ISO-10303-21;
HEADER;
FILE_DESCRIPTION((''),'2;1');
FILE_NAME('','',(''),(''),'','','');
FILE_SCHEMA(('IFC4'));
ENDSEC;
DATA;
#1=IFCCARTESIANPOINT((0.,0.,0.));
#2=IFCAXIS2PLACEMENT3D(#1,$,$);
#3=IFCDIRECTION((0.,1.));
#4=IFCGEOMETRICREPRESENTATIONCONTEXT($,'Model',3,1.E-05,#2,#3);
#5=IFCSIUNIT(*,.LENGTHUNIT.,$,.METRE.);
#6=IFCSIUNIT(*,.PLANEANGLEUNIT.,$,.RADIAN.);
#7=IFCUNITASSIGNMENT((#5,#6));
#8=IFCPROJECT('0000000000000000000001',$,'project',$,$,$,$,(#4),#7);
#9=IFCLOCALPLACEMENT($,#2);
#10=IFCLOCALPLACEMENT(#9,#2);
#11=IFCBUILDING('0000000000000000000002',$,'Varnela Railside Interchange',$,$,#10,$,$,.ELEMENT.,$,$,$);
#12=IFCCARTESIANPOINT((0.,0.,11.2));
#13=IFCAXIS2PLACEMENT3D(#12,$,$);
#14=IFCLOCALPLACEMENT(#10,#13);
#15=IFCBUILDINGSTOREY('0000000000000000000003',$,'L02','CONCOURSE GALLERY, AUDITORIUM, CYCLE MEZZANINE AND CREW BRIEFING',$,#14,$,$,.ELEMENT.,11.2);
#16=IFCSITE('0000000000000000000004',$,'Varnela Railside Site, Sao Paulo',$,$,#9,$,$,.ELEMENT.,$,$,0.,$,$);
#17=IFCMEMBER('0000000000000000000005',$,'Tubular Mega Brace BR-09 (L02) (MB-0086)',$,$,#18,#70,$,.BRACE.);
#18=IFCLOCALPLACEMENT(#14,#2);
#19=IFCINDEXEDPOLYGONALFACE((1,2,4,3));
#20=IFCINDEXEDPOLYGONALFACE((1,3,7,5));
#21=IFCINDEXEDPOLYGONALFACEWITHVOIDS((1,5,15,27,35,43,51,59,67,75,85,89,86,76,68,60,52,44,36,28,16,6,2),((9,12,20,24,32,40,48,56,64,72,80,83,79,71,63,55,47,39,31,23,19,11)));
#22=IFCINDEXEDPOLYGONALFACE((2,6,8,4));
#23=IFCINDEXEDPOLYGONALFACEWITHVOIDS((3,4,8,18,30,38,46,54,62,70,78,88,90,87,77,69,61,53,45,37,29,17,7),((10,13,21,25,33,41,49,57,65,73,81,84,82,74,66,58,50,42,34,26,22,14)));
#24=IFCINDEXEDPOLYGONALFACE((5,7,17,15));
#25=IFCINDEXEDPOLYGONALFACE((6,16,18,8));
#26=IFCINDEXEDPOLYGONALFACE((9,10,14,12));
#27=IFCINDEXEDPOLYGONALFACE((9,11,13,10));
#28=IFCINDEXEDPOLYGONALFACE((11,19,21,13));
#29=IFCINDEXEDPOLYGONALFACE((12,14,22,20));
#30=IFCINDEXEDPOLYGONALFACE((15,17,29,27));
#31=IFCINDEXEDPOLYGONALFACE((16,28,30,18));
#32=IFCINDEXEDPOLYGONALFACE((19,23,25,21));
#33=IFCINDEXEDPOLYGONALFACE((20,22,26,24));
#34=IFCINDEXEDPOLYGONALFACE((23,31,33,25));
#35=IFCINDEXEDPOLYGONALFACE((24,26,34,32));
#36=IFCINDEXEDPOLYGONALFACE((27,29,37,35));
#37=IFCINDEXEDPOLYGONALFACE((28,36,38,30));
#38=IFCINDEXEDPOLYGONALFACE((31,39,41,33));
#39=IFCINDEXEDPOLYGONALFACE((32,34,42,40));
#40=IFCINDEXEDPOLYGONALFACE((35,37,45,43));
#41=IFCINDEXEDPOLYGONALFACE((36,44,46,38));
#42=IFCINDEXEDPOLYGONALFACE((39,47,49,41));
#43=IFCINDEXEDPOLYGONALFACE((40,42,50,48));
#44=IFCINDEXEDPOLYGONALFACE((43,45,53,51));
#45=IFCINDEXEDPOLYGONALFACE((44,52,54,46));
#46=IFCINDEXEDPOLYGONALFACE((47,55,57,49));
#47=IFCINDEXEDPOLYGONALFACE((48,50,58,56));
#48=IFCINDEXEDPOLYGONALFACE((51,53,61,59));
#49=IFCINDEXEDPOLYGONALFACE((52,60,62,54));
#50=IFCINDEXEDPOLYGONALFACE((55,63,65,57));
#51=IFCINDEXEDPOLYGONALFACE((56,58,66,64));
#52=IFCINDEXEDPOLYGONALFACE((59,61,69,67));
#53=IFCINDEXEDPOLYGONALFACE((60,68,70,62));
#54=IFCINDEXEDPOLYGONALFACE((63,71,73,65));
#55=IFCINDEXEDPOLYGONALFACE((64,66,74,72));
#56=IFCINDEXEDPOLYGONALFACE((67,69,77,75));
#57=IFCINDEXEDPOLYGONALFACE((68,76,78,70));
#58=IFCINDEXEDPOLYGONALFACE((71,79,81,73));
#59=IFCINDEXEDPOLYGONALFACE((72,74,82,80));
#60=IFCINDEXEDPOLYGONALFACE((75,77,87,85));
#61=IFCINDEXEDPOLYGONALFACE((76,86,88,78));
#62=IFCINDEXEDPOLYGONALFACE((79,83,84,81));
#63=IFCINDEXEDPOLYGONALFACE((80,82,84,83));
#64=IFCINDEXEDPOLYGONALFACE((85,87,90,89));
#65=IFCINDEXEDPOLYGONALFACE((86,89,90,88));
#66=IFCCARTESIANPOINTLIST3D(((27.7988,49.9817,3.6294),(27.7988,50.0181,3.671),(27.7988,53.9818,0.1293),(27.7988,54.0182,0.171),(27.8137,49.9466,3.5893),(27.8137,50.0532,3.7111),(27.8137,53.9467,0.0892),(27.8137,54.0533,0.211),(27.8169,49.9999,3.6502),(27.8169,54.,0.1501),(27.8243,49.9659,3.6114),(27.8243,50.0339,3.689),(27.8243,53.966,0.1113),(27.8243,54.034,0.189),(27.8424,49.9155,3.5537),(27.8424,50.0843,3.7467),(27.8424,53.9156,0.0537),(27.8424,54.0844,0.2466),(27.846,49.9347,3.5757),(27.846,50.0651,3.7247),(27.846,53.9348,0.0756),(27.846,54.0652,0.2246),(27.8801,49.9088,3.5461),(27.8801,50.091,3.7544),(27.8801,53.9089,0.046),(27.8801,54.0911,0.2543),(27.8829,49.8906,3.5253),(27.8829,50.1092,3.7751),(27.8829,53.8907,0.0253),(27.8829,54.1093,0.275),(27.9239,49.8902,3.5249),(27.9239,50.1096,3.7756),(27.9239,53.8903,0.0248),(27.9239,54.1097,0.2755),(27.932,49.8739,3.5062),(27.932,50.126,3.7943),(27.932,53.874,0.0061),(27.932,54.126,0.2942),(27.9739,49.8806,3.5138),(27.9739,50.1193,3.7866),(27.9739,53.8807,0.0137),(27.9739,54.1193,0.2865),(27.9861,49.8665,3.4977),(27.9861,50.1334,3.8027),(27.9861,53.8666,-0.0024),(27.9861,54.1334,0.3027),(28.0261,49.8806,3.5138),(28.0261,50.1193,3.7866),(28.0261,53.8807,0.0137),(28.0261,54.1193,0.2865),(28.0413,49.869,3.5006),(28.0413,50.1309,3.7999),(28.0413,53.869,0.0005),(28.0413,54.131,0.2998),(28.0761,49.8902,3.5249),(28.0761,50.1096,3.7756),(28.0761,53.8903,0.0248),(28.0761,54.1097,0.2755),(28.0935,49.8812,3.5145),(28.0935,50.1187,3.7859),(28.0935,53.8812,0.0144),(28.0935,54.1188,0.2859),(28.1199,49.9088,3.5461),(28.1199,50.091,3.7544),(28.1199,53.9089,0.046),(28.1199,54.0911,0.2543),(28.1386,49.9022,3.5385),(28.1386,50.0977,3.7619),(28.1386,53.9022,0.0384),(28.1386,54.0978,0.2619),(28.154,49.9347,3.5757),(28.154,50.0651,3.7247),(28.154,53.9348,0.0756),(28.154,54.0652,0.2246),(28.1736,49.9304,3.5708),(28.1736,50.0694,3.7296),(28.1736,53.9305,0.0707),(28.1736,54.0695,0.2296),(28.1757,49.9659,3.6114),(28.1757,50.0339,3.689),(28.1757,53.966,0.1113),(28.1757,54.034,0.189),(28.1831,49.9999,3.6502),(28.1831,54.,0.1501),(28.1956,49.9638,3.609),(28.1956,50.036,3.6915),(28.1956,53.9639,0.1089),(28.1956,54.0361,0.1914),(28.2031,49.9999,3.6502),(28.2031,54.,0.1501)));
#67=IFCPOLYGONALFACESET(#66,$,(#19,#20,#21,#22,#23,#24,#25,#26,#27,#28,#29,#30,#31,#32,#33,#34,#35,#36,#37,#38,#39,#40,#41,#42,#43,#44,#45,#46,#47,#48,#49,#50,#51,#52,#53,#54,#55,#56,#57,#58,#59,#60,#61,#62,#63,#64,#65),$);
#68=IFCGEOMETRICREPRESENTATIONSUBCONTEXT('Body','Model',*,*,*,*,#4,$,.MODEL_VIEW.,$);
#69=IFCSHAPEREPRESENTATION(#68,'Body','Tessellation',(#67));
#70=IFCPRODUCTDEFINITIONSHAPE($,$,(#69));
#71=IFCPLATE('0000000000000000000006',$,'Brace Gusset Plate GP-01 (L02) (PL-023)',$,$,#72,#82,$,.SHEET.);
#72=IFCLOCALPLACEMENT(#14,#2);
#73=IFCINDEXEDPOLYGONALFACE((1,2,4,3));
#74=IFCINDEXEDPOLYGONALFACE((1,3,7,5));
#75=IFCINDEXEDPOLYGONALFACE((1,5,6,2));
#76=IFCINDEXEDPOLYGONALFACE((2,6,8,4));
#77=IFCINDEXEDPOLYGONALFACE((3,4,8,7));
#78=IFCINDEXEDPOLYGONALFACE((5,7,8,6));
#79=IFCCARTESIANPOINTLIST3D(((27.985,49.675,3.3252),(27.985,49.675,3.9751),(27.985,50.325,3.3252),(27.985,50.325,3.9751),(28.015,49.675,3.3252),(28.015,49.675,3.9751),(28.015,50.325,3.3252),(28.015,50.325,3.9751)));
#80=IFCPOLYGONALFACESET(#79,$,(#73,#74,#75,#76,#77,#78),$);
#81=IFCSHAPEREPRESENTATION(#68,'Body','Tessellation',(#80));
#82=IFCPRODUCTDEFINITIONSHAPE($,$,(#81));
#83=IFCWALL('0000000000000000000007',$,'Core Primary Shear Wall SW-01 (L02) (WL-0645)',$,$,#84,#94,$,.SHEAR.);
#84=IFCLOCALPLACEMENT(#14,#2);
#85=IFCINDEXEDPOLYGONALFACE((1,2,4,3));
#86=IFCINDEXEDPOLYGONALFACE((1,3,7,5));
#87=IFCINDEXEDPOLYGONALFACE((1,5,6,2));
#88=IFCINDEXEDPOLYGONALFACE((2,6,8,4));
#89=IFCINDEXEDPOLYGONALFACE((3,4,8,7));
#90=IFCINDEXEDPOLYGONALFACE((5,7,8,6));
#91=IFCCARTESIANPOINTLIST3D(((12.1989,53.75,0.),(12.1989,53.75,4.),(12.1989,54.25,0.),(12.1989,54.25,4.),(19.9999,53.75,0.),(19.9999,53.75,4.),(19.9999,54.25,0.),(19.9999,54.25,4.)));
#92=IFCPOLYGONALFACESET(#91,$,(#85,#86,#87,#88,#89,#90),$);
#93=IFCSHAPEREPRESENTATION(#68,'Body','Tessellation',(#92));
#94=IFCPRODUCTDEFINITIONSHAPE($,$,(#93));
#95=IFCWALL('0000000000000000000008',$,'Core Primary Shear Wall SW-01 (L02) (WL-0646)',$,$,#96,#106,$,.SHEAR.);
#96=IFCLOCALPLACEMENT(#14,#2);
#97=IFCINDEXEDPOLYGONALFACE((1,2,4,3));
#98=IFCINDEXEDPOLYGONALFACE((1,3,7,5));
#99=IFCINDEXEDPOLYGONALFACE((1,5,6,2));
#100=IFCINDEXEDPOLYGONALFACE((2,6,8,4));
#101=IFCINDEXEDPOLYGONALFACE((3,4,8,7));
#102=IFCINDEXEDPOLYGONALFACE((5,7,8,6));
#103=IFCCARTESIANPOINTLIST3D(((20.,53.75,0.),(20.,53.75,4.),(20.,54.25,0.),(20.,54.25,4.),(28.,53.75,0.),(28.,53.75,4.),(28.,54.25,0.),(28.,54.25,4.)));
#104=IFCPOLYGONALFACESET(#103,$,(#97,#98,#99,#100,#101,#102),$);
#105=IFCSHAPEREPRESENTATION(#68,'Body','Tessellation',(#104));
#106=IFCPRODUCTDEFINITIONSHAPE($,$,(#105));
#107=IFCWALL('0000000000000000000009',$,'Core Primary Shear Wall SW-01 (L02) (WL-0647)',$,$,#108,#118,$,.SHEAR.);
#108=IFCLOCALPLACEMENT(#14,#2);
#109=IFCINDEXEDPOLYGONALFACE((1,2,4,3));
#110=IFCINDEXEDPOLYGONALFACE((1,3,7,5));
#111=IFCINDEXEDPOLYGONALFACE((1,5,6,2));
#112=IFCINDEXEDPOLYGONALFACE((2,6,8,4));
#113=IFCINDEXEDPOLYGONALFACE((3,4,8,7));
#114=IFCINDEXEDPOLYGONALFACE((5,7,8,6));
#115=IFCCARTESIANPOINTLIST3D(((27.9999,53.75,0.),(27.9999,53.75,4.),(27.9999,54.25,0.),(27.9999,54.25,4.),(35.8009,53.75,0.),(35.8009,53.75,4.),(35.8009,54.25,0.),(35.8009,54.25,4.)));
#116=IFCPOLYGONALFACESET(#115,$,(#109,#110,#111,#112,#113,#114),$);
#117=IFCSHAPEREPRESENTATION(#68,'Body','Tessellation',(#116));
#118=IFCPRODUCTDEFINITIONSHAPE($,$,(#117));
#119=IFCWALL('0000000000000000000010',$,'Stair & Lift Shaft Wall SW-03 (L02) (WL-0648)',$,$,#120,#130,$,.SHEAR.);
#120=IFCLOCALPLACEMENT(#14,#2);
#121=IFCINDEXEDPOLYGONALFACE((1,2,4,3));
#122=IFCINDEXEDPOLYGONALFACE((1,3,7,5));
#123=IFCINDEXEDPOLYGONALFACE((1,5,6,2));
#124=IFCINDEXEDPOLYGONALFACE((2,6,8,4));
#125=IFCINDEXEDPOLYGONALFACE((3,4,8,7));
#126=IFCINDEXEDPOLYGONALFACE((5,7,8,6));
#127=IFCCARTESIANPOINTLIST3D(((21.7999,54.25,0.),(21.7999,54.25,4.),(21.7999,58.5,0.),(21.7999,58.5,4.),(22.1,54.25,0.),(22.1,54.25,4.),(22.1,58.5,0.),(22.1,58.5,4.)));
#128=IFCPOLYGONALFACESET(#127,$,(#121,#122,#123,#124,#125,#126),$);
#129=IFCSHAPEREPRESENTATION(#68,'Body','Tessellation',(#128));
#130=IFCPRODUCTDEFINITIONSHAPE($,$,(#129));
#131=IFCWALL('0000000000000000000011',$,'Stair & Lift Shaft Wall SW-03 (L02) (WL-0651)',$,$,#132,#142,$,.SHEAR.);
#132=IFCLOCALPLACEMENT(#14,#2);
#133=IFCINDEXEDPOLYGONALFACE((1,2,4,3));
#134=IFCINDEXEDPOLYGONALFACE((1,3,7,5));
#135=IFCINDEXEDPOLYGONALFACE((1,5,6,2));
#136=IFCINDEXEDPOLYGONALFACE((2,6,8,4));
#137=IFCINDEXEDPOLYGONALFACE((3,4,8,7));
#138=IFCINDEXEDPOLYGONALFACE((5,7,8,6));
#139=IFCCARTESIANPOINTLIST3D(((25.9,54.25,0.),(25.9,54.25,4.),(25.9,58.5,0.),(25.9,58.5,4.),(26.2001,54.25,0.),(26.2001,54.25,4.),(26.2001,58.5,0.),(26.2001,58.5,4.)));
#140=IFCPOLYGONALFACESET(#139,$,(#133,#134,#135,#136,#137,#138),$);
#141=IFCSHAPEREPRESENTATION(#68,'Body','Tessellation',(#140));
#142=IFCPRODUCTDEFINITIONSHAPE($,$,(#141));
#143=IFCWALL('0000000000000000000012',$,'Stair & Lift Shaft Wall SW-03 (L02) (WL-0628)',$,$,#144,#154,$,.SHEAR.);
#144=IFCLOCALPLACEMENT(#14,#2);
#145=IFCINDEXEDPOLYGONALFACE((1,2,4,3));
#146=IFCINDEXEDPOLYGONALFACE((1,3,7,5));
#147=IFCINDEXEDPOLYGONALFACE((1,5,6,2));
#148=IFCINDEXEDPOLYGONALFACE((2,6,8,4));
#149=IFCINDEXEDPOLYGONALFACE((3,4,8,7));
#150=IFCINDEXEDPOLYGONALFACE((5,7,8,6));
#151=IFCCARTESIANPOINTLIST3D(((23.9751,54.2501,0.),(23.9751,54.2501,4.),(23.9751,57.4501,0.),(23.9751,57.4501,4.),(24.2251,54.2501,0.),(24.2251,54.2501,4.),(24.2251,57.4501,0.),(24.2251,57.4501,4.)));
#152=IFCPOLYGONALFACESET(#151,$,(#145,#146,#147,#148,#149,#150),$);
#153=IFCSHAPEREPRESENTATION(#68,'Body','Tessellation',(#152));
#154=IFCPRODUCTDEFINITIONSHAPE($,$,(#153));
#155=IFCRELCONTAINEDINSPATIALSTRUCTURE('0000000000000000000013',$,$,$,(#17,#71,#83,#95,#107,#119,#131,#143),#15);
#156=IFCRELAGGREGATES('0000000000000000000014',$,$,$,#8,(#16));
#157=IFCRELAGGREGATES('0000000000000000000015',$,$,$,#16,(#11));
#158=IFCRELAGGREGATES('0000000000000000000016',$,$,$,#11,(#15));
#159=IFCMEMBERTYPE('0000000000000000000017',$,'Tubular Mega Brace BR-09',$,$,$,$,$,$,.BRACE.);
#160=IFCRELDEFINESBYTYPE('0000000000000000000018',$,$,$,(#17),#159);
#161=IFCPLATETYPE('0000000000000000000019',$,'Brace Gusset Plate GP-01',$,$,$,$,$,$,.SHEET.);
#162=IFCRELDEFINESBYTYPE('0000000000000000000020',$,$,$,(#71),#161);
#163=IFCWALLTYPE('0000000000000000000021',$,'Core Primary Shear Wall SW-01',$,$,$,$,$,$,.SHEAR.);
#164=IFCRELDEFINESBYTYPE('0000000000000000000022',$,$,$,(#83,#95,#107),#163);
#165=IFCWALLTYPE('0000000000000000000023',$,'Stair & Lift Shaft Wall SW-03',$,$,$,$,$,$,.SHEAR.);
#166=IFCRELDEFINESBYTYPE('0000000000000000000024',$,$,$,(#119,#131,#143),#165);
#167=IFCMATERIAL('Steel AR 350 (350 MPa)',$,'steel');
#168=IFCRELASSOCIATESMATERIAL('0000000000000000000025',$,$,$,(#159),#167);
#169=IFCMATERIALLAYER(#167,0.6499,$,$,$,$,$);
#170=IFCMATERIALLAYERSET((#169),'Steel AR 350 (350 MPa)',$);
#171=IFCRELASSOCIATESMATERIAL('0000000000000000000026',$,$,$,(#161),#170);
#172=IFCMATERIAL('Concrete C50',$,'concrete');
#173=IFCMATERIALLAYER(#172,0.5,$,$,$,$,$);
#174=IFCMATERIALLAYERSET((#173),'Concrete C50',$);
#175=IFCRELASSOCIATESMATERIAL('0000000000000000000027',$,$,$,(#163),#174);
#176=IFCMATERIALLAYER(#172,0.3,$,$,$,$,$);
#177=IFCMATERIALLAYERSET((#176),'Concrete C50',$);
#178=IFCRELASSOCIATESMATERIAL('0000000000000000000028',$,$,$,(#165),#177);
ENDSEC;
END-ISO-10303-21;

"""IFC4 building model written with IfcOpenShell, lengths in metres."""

from ifc_helpers import new_model, si_unit, direction, frame, frame_2d, origin, origin_2d, place, context, subcontext, project, spatial, rectangle, hollow_circle, extrude, material, layer, layer_set, material_profile, profile_set, type_object, element, save


model = new_model("IFC4")

# Units and contexts
model_context = context("Model", 3, precision=1e-05, world=origin(), true_north=direction((0.0, 1.0)))
body_context = subcontext(model_context, "Body", "Model", "MODEL_VIEW")
ifc_project = project(units=[si_unit("LENGTHUNIT", "METRE"), si_unit("PLANEANGLEUNIT", "RADIAN")], contexts=[model_context])

# Site, building, storey
site_placement = place(None, origin())
site = spatial("IfcSite", under=ifc_project, at=site_placement, Name="Varnela Railside Site, Sao Paulo", CompositionType="ELEMENT", RefElevation=0.0)
building_placement = place(site_placement, origin())
building = spatial("IfcBuilding", under=site, at=building_placement, Name="Varnela Railside Interchange", CompositionType="ELEMENT")
storey_placement = place(building_placement, frame((0.0, 0.0, 11.2)))
storey = spatial("IfcBuildingStorey", under=building, at=storey_placement, Name="L02", Description="CONCOURSE GALLERY, AUDITORIUM, CYCLE MEZZANINE AND CREW BRIEFING", CompositionType="ELEMENT", Elevation=11.2)

# Shared definitions
ifc_material_1 = material(Name="Steel AR 350 (350 MPa)", Category="steel")

# Member
ifc_material_profile_1 = material_profile(ifc_material_1, hollow_circle(Radius=0.2031, WallThickness=0.02, at=origin_2d()), Name="CHS 406.4x20")
ifc_profile_set_1 = profile_set([ifc_material_profile_1], Name="Steel AR 350 (350 MPa)")
member_type = type_object("IfcMemberType", Name="Tubular Mega Brace BR-09", PredefinedType="BRACE", material=ifc_profile_set_1)
for number, where, z_axis, x_axis, name in (
    (1, (28.0, 54.0, 0.1501), (0.0, -0.752577, 0.658505), (1.0, 0.0, 0.0), "Tubular Mega Brace BR-09 (L02) (MB-0086)"),
):
    element("IfcMember", number, at=place(storey_placement, frame(where, z_axis=z_axis, x_axis=x_axis)), inside=storey, type_object=member_type, Name=name, PredefinedType="BRACE", context=body_context, shape_type="SweptSolid", body=[
        extrude(hollow_circle(Radius=0.2031, WallThickness=0.02, at=origin_2d()), origin(), (0.0, 0.0, 1.0), 5.3152),
    ])

# Plate
ifc_layer_1 = layer(ifc_material_1, 0.6499)
ifc_layer_set_1 = layer_set([ifc_layer_1], Name="Steel AR 350 (350 MPa)")
plate_type = type_object("IfcPlateType", Name="Brace Gusset Plate GP-01", PredefinedType="SHEET", material=ifc_layer_set_1)
plate_placement = place(storey_placement, frame((28.0, 50.0, 3.3252), z_axis=(0.0, 0.0, 1.0), x_axis=(0.0, 1.0, 0.0)))
element("IfcPlate", 2, at=plate_placement, inside=storey, type_object=plate_type, Name="Brace Gusset Plate GP-01 (L02) (PL-023)", PredefinedType="SHEET", context=body_context, shape_type="SweptSolid", body=[
    extrude(rectangle(XDim=0.6499, YDim=0.03, at=origin_2d()), origin(), (0.0, 0.0, 1.0), 0.6499),
])

# Walls
ifc_material_2 = material(Name="Concrete C50", Category="concrete")
ifc_layer_2 = layer(ifc_material_2, 0.5)
ifc_layer_set_2 = layer_set([ifc_layer_2], Name="Concrete C50")
wall_type_1 = type_object("IfcWallType", Name="Core Primary Shear Wall SW-01", PredefinedType="SHEAR", material=ifc_layer_set_2)
wall_1_placement = place(storey_placement, frame((12.199, 54.0, 0.0), z_axis=(0.0, 0.0, 1.0), x_axis=(1.0, 0.0, 0.0)))
element("IfcWall", 3, at=wall_1_placement, inside=storey, type_object=wall_type_1, Name="Core Primary Shear Wall SW-01 (L02) (WL-0645)", PredefinedType="SHEAR", context=body_context, shape_type="SweptSolid", body=[
    extrude(rectangle(XDim=7.801, YDim=0.5, at=frame_2d((3.9004, 0.0))), origin(), (0.0, 0.0, 1.0), 4.0),
])
wall_2_placement = place(storey_placement, frame((20.0, 54.0, 0.0), z_axis=(0.0, 0.0, 1.0), x_axis=(1.0, 0.0, 0.0)))
element("IfcWall", 4, at=wall_2_placement, inside=storey, type_object=wall_type_1, Name="Core Primary Shear Wall SW-01 (L02) (WL-0646)", PredefinedType="SHEAR", context=body_context, shape_type="SweptSolid", body=[
    extrude(rectangle(XDim=8.0, YDim=0.5, at=frame_2d((4.0, 0.0))), origin(), (0.0, 0.0, 1.0), 4.0),
])
wall_3_placement = place(storey_placement, frame((28.0, 54.0, 0.0), z_axis=(0.0, 0.0, 1.0), x_axis=(1.0, 0.0, 0.0)))
element("IfcWall", 5, at=wall_3_placement, inside=storey, type_object=wall_type_1, Name="Core Primary Shear Wall SW-01 (L02) (WL-0647)", PredefinedType="SHEAR", context=body_context, shape_type="SweptSolid", body=[
    extrude(rectangle(XDim=7.801, YDim=0.5, at=frame_2d((3.9004, 0.0))), origin(), (0.0, 0.0, 1.0), 4.0),
])
ifc_layer_3 = layer(ifc_material_2, 0.3)
ifc_layer_set_3 = layer_set([ifc_layer_3], Name="Concrete C50")
wall_type_2 = type_object("IfcWallType", Name="Stair & Lift Shaft Wall SW-03", PredefinedType="SHEAR", material=ifc_layer_set_3)
for number, where, z_axis, x_axis, name in (
    (6, (21.95, 54.25, 0.0), (0.0, 0.0, 1.0), (0.0, 1.0, 0.0), "Stair & Lift Shaft Wall SW-03 (L02) (WL-0648)"),
    (7, (26.05, 54.25, 0.0), (0.0, 0.0, 1.0), (0.0, 1.0, 0.0), "Stair & Lift Shaft Wall SW-03 (L02) (WL-0651)"),
):
    element("IfcWall", number, at=place(storey_placement, frame(where, z_axis=z_axis, x_axis=x_axis)), inside=storey, type_object=wall_type_2, Name=name, PredefinedType="SHEAR", context=body_context, shape_type="SweptSolid", body=[
        extrude(rectangle(XDim=4.25, YDim=0.3, at=frame_2d((2.125, 0.0))), origin(), (0.0, 0.0, 1.0), 4.0),
    ])
wall_4_placement = place(storey_placement, frame((24.1001, 54.25, 0.0), z_axis=(0.0, 0.0, 1.0), x_axis=(0.0, 1.0, 0.0)))
element("IfcWall", 8, at=wall_4_placement, inside=storey, type_object=wall_type_2, Name="Stair & Lift Shaft Wall SW-03 (L02) (WL-0628)", PredefinedType="SHEAR", context=body_context, shape_type="SweptSolid", body=[
    extrude(rectangle(XDim=3.2, YDim=0.25, at=frame_2d((1.6001, 0.0))), origin(), (0.0, 0.0, 1.0), 4.0),
])

save(model, "model.ifc")
